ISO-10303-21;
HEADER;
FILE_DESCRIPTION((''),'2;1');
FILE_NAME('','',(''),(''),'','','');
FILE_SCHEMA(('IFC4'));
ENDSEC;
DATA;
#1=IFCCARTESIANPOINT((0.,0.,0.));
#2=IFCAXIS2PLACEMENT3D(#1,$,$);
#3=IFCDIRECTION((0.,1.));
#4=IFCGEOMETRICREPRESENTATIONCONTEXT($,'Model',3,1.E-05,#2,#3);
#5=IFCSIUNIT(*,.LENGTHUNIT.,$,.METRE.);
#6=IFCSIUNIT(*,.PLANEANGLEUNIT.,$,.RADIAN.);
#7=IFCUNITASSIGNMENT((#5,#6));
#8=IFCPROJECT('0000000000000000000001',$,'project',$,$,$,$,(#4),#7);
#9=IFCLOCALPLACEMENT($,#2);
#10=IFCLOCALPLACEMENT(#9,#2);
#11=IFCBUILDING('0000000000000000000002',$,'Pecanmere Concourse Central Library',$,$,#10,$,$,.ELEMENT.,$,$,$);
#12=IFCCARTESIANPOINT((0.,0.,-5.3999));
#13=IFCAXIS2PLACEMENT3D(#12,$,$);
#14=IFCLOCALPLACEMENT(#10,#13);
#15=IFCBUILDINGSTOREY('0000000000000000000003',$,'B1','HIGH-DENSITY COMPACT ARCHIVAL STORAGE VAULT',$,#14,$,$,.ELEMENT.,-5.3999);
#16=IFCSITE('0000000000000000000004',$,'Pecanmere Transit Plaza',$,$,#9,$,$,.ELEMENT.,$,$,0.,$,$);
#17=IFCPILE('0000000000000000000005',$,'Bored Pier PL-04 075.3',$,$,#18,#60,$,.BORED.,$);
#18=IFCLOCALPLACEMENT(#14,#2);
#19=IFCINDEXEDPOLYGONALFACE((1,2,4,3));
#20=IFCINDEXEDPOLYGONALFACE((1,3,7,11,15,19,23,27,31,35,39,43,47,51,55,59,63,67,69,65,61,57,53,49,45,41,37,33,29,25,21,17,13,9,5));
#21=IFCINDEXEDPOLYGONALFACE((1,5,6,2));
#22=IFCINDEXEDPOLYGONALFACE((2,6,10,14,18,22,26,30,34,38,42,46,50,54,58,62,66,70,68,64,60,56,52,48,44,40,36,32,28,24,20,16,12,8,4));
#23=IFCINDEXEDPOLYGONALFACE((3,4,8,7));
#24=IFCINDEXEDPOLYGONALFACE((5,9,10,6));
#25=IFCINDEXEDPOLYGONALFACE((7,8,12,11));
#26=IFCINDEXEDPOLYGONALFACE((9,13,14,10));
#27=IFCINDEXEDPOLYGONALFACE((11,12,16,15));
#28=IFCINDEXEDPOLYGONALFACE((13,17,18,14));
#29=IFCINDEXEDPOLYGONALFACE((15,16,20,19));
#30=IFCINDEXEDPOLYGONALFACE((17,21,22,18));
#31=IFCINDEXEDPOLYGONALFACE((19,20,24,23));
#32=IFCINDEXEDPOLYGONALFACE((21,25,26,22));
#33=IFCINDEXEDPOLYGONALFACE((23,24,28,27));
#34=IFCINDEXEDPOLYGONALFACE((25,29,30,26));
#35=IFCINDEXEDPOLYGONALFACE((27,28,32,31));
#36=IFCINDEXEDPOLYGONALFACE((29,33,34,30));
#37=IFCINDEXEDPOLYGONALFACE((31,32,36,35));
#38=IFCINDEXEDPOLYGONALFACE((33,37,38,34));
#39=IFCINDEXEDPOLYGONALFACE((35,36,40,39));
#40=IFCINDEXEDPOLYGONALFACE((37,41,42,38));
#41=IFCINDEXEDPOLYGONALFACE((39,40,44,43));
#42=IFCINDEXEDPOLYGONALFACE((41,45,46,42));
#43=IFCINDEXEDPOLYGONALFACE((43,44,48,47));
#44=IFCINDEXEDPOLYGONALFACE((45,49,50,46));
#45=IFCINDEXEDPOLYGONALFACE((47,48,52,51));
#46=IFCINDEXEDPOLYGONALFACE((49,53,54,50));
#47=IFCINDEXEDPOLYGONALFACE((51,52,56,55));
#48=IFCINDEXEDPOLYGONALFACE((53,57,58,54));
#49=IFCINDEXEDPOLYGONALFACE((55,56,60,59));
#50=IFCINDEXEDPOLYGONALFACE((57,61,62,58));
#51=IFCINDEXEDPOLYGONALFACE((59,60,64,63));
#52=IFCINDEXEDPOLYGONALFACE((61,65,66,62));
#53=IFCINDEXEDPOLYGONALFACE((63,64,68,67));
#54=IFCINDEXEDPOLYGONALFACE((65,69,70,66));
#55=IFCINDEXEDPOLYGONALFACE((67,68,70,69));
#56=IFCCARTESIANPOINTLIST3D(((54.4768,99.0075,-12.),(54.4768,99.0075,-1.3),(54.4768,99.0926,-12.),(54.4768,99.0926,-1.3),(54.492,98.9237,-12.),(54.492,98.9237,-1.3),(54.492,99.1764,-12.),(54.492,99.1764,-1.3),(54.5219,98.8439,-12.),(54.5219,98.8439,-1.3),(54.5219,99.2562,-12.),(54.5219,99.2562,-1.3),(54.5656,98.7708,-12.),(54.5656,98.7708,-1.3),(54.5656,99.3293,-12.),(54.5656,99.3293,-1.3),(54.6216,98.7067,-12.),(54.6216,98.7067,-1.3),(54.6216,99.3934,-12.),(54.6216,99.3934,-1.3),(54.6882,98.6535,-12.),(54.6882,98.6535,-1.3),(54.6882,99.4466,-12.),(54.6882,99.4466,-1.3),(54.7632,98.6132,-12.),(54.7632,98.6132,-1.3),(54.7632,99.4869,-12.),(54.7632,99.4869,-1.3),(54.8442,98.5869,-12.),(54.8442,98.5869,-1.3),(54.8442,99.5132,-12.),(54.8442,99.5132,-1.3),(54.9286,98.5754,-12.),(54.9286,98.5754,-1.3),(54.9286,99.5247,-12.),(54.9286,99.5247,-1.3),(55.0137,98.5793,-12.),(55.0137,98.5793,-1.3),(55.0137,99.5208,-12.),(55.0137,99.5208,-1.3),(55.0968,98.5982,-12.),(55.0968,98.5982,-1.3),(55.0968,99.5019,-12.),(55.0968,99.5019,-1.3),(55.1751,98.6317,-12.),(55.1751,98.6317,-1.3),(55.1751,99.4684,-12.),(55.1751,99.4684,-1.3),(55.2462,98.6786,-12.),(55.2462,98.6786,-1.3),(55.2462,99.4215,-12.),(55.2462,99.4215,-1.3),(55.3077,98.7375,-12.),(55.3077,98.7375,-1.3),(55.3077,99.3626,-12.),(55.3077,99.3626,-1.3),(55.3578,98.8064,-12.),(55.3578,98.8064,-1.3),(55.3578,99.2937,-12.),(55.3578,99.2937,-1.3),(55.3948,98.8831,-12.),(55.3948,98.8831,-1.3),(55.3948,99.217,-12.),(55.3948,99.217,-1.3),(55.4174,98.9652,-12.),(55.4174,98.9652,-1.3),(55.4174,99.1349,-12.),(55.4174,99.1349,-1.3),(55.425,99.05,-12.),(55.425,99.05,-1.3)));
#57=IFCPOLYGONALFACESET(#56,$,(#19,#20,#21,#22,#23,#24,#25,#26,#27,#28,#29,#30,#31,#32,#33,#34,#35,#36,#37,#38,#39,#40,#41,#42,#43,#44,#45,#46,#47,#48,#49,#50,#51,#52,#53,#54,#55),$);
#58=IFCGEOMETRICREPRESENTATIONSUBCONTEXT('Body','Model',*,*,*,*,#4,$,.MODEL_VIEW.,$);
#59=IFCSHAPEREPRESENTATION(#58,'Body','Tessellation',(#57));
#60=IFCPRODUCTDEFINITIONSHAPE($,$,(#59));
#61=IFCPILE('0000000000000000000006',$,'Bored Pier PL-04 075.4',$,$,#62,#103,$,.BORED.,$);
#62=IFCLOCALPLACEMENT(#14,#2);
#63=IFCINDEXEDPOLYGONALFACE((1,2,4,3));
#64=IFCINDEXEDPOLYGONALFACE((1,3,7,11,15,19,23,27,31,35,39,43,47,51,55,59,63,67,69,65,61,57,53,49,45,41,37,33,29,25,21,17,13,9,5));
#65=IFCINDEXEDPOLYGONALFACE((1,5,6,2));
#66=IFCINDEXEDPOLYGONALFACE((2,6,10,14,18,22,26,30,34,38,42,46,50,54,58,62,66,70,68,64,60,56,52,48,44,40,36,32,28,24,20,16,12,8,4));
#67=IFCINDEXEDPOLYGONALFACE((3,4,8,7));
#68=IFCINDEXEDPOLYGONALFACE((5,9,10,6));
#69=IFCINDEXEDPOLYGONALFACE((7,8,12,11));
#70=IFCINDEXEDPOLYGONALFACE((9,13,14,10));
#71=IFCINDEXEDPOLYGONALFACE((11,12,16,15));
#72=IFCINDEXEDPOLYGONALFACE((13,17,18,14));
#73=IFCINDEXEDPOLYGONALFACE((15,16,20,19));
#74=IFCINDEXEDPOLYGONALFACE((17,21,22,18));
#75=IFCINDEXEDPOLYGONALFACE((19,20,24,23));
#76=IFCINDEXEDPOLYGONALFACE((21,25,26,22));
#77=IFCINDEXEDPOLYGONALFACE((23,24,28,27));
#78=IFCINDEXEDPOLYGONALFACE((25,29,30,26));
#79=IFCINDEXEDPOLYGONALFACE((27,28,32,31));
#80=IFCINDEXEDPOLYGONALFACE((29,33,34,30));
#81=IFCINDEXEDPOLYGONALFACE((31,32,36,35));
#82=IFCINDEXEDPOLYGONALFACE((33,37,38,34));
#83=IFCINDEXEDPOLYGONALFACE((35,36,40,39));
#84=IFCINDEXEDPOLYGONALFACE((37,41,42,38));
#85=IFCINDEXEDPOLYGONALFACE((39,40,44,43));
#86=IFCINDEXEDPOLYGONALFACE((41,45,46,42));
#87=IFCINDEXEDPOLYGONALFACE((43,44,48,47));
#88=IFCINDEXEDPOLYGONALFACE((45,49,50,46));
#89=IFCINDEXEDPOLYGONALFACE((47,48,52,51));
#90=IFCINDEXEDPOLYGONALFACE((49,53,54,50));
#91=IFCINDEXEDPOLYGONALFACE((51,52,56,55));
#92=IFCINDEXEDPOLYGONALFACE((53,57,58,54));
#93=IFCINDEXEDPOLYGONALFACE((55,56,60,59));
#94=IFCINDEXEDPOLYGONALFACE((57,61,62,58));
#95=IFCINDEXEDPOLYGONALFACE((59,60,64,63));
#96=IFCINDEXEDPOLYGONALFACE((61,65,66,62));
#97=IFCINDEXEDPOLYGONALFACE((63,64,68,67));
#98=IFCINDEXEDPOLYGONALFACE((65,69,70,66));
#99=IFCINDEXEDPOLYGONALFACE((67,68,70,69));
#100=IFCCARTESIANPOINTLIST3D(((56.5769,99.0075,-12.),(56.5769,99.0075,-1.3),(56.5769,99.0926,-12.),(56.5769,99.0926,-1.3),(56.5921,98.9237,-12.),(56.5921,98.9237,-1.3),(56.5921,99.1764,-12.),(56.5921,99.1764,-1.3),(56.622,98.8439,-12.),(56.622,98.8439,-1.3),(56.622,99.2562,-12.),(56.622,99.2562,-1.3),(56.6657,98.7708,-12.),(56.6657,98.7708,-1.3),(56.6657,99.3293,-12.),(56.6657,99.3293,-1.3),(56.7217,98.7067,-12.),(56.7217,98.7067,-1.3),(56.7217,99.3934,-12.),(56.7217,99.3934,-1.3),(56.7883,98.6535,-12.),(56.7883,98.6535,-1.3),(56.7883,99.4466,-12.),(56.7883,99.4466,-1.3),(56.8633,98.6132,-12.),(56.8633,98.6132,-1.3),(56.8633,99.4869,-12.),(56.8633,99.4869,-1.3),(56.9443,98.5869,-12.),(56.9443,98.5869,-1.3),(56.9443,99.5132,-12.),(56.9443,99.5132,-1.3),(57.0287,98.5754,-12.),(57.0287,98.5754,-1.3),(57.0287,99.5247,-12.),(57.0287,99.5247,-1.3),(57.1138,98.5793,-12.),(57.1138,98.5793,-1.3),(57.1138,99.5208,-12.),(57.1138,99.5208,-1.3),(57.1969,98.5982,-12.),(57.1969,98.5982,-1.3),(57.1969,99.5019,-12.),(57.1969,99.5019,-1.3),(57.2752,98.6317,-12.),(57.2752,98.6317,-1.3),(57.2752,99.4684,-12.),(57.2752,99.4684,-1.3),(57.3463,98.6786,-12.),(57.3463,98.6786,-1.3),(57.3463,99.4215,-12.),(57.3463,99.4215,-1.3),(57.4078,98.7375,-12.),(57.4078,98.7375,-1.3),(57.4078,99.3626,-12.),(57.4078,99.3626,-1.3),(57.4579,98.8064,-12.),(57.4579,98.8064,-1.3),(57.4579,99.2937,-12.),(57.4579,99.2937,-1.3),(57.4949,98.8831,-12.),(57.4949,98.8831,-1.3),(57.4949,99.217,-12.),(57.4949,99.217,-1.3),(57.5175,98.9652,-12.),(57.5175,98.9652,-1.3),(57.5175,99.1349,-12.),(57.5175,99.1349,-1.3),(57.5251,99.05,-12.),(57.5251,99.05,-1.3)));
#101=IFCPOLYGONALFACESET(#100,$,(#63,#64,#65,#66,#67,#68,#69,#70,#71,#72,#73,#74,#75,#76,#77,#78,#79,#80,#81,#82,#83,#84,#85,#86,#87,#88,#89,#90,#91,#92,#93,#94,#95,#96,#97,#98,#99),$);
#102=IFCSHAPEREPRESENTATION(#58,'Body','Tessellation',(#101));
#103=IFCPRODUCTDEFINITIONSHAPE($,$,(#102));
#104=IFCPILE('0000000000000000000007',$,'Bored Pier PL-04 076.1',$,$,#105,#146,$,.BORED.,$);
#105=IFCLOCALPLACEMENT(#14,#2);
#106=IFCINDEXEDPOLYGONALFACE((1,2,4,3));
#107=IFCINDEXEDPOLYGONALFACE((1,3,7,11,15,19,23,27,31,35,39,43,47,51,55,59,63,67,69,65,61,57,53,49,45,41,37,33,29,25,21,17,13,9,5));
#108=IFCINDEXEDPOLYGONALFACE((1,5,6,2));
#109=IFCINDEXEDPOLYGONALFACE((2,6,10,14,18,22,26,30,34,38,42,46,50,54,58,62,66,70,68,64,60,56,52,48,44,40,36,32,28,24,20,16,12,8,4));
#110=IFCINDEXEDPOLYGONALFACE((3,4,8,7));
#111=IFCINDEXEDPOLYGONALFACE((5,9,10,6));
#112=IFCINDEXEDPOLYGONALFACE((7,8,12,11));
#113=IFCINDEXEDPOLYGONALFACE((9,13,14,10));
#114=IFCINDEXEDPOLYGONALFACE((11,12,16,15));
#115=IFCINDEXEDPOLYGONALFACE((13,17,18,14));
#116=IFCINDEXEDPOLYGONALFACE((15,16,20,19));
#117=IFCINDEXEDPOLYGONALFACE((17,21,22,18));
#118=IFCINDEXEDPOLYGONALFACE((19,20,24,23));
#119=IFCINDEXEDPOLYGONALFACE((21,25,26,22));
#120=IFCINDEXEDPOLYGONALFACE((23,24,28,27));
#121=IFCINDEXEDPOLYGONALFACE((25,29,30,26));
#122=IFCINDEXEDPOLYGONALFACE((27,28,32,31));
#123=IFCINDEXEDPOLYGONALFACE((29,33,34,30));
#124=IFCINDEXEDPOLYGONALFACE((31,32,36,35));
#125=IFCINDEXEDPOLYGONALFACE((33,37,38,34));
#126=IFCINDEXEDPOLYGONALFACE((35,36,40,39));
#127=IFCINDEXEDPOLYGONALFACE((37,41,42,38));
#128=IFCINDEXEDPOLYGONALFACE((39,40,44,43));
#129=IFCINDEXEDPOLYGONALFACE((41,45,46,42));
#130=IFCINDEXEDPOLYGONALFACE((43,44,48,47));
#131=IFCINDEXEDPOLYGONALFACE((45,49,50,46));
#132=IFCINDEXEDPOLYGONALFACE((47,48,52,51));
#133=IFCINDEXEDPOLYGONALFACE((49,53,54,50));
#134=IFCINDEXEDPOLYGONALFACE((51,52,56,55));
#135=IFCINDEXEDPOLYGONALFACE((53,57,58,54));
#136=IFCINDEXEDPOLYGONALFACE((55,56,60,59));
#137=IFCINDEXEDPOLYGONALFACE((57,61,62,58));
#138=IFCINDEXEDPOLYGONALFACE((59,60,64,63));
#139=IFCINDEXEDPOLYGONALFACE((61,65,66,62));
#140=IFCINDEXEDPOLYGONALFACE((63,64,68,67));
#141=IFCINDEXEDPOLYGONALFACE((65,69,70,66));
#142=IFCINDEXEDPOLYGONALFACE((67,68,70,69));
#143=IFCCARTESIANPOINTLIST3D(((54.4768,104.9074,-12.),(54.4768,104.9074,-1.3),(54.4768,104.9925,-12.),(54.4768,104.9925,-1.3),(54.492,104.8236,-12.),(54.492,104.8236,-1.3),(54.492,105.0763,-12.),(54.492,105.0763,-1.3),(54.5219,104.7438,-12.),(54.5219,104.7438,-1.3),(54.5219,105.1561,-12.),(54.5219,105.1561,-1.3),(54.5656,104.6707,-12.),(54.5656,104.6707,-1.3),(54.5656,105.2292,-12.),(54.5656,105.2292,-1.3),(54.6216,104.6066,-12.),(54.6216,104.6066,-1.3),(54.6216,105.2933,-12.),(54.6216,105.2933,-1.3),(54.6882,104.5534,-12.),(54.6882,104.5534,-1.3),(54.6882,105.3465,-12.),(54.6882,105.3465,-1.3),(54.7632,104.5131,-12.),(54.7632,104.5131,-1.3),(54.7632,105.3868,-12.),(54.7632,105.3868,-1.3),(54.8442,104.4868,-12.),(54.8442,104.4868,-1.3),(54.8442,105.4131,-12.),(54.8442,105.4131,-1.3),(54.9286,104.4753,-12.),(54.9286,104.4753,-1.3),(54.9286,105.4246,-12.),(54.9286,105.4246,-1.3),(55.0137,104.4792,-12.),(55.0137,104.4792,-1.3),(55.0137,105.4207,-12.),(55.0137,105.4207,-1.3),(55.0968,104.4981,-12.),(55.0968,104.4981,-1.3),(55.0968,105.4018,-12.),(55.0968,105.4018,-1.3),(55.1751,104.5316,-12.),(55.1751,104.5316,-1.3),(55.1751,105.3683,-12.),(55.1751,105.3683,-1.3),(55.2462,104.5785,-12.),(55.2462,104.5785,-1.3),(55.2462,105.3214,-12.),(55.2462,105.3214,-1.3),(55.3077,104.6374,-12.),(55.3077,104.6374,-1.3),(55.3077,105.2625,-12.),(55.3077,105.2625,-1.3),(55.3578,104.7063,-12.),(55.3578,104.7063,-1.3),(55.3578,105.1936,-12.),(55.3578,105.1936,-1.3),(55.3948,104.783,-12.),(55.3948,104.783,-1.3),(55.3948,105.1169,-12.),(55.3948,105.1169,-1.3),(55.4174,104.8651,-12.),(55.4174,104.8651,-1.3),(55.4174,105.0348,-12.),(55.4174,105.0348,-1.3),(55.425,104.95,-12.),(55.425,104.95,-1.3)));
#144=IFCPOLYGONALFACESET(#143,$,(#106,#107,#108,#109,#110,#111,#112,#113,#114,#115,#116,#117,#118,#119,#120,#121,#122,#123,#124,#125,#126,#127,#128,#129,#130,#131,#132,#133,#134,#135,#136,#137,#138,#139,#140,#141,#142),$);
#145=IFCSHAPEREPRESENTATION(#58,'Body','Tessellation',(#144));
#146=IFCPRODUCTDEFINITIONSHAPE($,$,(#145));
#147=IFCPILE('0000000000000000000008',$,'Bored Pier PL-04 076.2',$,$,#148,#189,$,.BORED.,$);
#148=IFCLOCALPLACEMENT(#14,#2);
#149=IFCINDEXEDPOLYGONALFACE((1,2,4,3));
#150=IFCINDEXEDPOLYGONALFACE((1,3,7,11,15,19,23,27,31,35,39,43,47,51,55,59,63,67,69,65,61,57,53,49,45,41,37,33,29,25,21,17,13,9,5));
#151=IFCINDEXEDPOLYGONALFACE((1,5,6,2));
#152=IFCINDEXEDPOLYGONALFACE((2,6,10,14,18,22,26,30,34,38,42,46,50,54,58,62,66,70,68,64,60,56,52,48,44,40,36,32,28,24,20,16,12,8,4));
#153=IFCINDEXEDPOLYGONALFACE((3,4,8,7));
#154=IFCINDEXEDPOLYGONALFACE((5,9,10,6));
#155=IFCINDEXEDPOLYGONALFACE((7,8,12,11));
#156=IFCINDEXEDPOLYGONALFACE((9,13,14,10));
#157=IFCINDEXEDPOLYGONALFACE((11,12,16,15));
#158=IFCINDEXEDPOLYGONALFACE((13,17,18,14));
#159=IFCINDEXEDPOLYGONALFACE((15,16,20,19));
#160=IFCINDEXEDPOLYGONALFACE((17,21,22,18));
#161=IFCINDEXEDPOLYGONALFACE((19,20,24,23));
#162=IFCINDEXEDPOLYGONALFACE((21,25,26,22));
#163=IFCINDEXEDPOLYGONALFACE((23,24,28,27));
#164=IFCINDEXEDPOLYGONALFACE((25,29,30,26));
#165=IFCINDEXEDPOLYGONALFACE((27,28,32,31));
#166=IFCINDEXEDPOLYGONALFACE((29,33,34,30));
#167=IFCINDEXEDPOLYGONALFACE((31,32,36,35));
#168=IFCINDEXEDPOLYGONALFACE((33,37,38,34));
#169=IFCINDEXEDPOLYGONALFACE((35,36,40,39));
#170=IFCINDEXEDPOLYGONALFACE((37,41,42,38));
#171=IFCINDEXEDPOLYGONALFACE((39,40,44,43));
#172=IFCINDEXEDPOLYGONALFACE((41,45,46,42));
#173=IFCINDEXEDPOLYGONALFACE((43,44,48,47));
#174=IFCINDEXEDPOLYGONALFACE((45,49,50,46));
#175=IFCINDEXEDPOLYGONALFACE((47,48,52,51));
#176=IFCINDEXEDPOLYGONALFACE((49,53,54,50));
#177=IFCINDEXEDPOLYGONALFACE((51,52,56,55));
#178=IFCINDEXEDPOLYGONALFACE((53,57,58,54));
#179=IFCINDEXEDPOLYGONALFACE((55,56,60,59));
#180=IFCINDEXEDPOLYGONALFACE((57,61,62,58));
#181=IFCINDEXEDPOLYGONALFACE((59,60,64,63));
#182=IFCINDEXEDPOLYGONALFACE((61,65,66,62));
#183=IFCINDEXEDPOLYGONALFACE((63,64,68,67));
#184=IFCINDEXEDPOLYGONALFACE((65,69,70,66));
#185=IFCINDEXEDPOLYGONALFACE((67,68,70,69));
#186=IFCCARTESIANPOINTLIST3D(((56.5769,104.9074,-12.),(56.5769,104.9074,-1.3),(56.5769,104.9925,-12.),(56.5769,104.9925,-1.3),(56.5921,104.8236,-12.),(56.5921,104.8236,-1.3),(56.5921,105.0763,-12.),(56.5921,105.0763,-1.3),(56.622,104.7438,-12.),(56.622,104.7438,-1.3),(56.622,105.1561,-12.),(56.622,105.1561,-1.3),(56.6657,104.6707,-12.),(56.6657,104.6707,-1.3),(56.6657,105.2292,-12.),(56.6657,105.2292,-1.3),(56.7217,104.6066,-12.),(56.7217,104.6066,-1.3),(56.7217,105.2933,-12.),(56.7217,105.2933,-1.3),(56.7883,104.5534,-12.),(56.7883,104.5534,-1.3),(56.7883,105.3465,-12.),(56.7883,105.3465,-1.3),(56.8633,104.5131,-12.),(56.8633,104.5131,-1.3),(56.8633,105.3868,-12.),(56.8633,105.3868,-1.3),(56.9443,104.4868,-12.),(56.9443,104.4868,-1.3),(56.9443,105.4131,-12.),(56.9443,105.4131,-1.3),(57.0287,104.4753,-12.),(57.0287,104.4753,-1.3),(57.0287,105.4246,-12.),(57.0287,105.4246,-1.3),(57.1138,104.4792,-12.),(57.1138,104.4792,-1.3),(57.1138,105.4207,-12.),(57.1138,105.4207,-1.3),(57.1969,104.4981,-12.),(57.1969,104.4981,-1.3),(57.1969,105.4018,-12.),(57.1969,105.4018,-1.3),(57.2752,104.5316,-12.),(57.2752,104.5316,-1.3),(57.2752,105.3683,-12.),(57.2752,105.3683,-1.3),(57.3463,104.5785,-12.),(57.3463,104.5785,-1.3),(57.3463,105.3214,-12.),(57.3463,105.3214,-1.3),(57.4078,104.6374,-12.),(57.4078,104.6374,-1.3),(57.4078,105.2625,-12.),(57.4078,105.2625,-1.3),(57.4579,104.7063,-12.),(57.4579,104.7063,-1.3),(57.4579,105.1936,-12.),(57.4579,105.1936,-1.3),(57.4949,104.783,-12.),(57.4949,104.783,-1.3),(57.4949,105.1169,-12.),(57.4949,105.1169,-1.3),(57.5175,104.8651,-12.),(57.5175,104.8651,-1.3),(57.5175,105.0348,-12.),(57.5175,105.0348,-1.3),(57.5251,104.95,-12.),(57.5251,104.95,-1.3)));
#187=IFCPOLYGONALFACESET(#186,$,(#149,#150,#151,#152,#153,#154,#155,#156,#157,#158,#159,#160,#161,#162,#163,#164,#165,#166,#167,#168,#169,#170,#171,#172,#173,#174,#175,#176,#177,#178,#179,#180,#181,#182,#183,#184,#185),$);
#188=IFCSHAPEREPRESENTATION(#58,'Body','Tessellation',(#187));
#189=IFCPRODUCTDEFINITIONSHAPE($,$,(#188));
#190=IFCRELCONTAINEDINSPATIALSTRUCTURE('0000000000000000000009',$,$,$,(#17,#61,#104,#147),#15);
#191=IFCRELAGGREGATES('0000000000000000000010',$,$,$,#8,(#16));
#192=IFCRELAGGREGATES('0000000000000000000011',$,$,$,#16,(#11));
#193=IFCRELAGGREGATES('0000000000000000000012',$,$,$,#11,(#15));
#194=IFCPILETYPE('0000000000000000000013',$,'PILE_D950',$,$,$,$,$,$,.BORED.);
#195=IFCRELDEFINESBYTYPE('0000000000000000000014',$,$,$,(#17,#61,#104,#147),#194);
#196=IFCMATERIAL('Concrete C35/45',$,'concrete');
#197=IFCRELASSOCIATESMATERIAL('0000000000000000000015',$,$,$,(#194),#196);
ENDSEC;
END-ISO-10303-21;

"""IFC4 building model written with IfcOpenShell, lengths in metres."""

from ifc_helpers import new_model, si_unit, direction, frame, origin, origin_2d, place, context, subcontext, project, spatial, circle, extrude, material, material_profile, profile_set, type_object, element, save


model = new_model("IFC4")

# Units and contexts
model_context = context("Model", 3, precision=1e-05, world=origin(), true_north=direction((0.0, 1.0)))
body_context = subcontext(model_context, "Body", "Model", "MODEL_VIEW")
ifc_project = project(units=[si_unit("LENGTHUNIT", "METRE"), si_unit("PLANEANGLEUNIT", "RADIAN")], contexts=[model_context])

# Site, building, storey
site_placement = place(None, origin())
site = spatial("IfcSite", under=ifc_project, at=site_placement, Name="Pecanmere Transit Plaza", CompositionType="ELEMENT", RefElevation=0.0)
building_placement = place(site_placement, origin())
building = spatial("IfcBuilding", under=site, at=building_placement, Name="Pecanmere Concourse Central Library", CompositionType="ELEMENT")
storey_placement = place(building_placement, frame((0.0, 0.0, -5.3999)))
storey = spatial("IfcBuildingStorey", under=building, at=storey_placement, Name="B1", Description="HIGH-DENSITY COMPACT ARCHIVAL STORAGE VAULT", CompositionType="ELEMENT", Elevation=-5.3999)

# Piles
ifc_material_1 = material(Name="Concrete C35/45", Category="concrete")
ifc_material_profile_1 = material_profile(ifc_material_1, circle(Radius=0.4751, at=origin_2d()), Name="PIER D950")
ifc_profile_set_1 = profile_set([ifc_material_profile_1], Name="Concrete C35/45")
pile_type = type_object("IfcPileType", Name="PILE_D950", PredefinedType="BORED", material=ifc_profile_set_1)
for number, where, z_axis, x_axis, name in (
    (1, (54.95, 99.05, -1.3), (0.0, 0.0, -1.0), (1.0, 0.0, 0.0), "Bored Pier PL-04 075.3"),
    (2, (57.05, 99.05, -1.3), (0.0, 0.0, -1.0), (1.0, 0.0, 0.0), "Bored Pier PL-04 075.4"),
    (3, (54.95, 104.95, -1.3), (0.0, 0.0, -1.0), (1.0, 0.0, 0.0), "Bored Pier PL-04 076.1"),
    (4, (57.05, 104.95, -1.3), (0.0, 0.0, -1.0), (1.0, 0.0, 0.0), "Bored Pier PL-04 076.2"),
):
    element("IfcPile", number, at=place(storey_placement, frame(where, z_axis=z_axis, x_axis=x_axis)), inside=storey, type_object=pile_type, Name=name, PredefinedType="BORED", context=body_context, shape_type="SweptSolid", body=[
        extrude(circle(Radius=0.4751, at=origin_2d()), origin(), (0.0, 0.0, 1.0), 10.7),
    ])

save(model, "model.ifc")
